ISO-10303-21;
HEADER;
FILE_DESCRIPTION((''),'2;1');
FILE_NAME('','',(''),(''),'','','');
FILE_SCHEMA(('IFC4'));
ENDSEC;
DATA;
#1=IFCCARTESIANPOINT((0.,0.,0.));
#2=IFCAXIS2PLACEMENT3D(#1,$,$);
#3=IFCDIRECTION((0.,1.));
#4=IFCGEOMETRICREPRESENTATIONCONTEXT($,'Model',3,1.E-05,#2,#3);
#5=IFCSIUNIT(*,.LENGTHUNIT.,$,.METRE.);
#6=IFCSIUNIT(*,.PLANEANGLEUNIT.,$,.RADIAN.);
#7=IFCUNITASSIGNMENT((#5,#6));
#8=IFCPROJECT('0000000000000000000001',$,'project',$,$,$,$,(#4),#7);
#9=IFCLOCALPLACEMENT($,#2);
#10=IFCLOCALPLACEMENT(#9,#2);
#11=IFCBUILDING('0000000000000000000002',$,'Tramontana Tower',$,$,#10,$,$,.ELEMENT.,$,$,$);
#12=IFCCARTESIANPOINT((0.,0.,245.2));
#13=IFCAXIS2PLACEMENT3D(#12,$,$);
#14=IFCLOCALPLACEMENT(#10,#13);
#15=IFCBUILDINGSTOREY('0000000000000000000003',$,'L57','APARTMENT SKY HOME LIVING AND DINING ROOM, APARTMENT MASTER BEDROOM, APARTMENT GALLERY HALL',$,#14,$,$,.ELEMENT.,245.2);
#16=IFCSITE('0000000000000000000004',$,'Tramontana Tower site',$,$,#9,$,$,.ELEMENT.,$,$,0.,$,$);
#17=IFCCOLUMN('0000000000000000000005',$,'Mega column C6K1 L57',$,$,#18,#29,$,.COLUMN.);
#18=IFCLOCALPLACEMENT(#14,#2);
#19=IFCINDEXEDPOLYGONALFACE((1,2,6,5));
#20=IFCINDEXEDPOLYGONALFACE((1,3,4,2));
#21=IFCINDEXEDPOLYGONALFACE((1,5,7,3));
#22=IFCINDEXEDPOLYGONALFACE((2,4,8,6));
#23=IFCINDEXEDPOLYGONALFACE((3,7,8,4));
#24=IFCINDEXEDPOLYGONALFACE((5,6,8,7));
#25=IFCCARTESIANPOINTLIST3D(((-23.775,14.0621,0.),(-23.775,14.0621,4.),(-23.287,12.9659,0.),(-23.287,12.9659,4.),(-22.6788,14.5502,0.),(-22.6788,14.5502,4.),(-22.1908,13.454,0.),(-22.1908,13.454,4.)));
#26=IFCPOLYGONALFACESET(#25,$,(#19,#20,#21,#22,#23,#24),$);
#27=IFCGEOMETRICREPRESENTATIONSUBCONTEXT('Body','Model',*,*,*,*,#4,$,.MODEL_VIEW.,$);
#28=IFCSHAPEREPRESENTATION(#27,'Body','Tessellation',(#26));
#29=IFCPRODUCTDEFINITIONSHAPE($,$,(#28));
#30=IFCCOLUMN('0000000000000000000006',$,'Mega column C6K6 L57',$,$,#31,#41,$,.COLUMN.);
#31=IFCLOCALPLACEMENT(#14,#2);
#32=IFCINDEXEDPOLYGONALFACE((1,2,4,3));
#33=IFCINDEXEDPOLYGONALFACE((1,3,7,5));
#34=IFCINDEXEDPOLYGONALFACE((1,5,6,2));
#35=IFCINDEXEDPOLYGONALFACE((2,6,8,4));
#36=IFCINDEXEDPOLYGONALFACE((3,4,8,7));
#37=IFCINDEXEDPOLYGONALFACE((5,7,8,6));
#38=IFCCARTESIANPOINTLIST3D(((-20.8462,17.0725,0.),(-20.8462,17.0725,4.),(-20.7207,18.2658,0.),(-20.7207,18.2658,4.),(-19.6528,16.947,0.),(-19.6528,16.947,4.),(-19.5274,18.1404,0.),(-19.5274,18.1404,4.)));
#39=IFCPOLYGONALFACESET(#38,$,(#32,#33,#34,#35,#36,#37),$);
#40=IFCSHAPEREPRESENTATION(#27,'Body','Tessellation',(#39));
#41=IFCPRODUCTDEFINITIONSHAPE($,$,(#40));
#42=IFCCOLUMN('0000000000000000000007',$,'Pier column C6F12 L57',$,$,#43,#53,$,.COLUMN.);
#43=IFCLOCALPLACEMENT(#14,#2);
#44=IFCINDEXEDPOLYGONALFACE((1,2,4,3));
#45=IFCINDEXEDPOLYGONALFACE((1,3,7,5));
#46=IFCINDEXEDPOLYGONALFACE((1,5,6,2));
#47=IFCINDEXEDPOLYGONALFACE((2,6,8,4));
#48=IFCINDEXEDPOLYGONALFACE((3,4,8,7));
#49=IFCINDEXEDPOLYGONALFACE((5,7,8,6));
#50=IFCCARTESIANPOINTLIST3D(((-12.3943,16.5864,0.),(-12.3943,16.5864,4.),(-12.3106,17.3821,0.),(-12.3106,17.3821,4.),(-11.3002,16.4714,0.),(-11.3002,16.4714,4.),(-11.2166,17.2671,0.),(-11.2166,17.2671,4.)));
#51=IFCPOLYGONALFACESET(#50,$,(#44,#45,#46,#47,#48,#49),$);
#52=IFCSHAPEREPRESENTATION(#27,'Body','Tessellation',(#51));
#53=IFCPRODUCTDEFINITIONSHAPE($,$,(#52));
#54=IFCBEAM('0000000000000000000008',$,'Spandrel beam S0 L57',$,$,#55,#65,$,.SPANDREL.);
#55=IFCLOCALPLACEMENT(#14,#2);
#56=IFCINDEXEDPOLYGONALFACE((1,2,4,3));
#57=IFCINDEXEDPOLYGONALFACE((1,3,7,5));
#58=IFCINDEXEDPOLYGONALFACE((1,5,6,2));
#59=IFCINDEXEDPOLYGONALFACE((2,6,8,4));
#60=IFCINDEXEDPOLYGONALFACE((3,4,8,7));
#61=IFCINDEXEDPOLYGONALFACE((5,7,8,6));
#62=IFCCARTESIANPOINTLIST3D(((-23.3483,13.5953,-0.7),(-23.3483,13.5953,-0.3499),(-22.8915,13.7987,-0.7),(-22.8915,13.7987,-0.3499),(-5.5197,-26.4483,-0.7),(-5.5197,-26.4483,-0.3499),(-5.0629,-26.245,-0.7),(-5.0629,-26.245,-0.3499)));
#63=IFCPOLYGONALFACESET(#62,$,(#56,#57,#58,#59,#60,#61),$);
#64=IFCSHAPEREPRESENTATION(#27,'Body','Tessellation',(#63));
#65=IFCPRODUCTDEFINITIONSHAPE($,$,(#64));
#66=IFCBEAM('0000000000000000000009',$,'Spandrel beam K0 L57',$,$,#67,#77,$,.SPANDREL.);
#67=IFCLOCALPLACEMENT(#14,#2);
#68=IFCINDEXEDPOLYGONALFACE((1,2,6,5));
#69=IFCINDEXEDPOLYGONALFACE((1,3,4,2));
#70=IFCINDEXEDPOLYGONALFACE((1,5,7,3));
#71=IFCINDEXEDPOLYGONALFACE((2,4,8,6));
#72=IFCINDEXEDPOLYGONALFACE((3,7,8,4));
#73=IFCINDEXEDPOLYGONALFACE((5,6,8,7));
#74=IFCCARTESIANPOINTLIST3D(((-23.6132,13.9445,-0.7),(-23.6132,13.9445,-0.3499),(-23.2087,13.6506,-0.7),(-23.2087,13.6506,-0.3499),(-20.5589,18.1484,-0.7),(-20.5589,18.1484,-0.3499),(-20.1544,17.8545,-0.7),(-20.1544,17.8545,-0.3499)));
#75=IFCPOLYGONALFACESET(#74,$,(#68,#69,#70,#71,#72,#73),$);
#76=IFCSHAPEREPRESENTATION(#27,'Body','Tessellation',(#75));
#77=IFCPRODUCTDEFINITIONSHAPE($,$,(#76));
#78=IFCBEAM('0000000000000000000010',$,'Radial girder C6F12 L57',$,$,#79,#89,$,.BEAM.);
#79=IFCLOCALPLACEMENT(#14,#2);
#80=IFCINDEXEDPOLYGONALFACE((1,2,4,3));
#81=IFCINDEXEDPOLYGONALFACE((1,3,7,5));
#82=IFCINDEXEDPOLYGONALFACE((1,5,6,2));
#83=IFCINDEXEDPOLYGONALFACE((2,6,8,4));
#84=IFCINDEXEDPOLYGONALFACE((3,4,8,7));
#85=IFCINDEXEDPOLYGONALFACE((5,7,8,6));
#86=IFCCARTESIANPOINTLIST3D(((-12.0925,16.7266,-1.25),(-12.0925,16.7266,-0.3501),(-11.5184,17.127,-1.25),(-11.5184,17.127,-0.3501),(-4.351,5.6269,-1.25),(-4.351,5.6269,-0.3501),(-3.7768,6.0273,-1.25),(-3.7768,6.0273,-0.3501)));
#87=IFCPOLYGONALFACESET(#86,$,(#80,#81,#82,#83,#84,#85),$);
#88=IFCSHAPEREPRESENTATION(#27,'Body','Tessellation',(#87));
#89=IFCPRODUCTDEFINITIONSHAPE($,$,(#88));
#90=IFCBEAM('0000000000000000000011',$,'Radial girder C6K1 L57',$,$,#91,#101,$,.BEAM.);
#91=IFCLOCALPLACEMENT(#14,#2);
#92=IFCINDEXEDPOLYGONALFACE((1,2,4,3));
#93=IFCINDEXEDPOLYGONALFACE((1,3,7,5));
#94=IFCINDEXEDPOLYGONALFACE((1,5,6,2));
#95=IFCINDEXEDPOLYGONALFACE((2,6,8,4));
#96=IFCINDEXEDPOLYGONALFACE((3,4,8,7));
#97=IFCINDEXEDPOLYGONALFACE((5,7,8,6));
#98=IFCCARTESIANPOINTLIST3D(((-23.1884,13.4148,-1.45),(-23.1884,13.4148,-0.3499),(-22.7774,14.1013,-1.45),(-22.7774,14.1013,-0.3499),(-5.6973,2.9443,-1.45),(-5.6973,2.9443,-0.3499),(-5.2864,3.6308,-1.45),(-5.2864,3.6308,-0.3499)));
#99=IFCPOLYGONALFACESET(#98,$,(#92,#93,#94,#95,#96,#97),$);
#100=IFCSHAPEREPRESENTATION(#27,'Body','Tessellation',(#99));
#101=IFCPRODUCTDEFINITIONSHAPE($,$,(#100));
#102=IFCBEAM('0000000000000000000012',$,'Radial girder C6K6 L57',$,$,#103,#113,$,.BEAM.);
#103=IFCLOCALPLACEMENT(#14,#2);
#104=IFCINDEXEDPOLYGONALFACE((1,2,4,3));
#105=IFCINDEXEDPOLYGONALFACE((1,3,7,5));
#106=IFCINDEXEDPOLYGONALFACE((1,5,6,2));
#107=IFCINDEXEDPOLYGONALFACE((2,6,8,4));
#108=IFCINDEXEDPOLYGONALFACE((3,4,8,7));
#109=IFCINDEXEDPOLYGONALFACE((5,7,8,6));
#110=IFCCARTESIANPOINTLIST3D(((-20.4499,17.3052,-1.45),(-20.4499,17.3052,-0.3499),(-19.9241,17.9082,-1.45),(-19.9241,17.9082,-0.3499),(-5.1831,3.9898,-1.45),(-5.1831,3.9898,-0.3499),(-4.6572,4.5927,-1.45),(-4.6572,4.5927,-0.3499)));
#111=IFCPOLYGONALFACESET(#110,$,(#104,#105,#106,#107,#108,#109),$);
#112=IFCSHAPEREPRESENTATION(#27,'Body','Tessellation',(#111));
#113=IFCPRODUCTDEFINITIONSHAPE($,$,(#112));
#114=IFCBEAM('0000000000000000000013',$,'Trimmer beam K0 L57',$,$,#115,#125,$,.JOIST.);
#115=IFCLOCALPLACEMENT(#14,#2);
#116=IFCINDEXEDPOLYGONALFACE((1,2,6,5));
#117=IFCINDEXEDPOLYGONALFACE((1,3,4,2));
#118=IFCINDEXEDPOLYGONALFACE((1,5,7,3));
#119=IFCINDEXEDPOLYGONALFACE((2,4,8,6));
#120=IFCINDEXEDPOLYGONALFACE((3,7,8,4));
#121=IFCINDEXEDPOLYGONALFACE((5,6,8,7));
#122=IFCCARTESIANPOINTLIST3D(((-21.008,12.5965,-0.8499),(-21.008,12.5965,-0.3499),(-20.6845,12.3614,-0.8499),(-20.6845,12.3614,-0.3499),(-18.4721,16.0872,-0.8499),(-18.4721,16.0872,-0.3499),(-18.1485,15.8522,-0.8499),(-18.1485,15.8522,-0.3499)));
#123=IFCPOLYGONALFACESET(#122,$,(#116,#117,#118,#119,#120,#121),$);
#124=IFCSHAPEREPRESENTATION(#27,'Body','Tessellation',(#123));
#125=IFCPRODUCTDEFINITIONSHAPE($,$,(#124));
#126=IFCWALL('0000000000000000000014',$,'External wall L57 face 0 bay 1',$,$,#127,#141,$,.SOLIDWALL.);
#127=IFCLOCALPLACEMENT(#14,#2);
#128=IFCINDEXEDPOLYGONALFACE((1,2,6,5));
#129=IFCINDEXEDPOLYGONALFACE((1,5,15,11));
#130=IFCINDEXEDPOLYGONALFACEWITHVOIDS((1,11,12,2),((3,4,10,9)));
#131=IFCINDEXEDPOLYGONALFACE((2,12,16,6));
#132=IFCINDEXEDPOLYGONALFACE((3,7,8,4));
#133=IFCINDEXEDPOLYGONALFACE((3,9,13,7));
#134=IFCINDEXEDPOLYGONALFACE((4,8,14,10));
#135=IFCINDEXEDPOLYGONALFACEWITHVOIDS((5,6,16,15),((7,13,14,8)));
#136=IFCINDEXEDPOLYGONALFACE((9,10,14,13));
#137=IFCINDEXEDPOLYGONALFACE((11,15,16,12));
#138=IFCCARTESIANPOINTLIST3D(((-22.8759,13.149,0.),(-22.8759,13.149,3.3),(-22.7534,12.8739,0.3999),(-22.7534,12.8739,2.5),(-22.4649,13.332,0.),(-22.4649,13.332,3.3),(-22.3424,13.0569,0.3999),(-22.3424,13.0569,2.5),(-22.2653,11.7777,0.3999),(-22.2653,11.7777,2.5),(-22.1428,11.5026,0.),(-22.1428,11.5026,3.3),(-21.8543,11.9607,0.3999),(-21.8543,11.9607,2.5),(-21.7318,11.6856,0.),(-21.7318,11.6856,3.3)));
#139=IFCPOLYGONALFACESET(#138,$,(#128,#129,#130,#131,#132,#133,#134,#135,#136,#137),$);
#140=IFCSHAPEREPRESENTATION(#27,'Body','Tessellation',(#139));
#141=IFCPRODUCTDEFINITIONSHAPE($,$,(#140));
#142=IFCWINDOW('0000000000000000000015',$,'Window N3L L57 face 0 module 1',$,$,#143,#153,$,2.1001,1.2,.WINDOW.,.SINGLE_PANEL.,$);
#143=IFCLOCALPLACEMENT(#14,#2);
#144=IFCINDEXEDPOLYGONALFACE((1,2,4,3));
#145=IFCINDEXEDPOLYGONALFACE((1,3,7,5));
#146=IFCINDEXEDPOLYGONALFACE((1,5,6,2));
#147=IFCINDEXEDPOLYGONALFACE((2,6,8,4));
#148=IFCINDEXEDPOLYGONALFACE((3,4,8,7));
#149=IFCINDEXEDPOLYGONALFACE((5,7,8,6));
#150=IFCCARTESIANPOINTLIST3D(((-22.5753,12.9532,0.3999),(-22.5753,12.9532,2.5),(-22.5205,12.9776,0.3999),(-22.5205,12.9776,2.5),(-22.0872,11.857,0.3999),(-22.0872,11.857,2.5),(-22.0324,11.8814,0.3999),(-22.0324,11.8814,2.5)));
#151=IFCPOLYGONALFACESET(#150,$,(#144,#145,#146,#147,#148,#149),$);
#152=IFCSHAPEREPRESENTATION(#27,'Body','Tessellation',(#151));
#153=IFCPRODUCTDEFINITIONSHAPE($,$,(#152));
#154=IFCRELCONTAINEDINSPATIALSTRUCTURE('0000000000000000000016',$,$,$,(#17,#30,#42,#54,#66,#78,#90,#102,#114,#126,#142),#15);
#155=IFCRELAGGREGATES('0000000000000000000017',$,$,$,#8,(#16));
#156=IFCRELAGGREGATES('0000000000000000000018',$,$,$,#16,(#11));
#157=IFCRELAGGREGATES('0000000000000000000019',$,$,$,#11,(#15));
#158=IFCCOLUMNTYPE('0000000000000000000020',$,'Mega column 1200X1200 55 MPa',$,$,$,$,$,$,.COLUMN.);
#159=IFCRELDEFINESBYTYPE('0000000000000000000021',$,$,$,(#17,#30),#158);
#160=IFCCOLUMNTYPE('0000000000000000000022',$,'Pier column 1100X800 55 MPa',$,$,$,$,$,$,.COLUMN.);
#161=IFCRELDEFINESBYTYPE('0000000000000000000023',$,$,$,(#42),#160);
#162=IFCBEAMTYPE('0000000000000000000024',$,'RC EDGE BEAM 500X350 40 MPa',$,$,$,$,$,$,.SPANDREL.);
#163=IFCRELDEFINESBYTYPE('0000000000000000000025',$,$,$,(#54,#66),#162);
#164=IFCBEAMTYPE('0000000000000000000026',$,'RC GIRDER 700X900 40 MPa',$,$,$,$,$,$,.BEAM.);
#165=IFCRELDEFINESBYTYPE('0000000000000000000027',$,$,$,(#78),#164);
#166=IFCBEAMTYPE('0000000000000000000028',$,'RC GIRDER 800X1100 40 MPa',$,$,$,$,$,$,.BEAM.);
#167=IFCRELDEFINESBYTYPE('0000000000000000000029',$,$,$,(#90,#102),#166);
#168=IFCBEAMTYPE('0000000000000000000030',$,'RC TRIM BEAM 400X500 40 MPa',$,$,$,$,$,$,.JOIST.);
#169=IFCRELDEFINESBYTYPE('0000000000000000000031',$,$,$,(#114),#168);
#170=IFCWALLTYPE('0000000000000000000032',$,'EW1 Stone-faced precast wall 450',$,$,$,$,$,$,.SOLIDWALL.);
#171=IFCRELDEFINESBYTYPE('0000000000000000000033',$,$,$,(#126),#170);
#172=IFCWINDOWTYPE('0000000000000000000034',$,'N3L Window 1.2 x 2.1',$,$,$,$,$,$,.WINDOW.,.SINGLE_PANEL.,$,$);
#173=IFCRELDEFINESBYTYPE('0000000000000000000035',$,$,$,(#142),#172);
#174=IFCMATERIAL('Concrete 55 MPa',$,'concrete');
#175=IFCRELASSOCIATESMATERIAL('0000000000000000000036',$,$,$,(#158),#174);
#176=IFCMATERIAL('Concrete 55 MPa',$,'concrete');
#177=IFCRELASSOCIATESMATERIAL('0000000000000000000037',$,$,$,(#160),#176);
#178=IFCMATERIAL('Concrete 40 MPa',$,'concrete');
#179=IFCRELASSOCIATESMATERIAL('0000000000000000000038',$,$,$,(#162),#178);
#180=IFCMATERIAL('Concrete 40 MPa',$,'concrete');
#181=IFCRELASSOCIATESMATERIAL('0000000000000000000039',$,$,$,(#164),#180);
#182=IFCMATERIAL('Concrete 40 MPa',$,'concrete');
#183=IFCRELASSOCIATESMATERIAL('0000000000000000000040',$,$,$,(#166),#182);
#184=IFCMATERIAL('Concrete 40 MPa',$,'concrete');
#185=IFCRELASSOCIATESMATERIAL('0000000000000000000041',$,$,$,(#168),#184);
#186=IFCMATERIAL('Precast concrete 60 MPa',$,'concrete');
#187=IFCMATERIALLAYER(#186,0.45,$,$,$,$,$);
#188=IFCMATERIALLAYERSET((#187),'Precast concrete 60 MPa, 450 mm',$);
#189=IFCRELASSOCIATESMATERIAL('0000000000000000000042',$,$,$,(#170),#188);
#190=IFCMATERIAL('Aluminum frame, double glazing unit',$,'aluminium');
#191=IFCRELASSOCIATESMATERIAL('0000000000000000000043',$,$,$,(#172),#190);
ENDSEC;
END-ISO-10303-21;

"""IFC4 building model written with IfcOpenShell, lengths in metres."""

from ifc_helpers import new_model, si_unit, direction, frame, frame_2d, origin, origin_2d, place, context, subcontext, project, spatial, rectangle, extrude, material, layer, layer_set, material_profile, profile_set, type_object, element, fill, save


model = new_model("IFC4")

# Units and contexts
model_context = context("Model", 3, precision=1e-05, world=origin(), true_north=direction((0.0, 1.0)))
body_context = subcontext(model_context, "Body", "Model", "MODEL_VIEW")
ifc_project = project(units=[si_unit("LENGTHUNIT", "METRE"), si_unit("PLANEANGLEUNIT", "RADIAN")], contexts=[model_context])

# Site, building, storey
site_placement = place(None, origin())
site = spatial("IfcSite", under=ifc_project, at=site_placement, Name="Tramontana Tower site", CompositionType="ELEMENT", RefElevation=0.0)
building_placement = place(site_placement, origin())
building = spatial("IfcBuilding", under=site, at=building_placement, Name="Tramontana Tower", CompositionType="ELEMENT")
storey_placement = place(building_placement, frame((0.0, 0.0, 245.2)))
storey = spatial("IfcBuildingStorey", under=building, at=storey_placement, Name="L57", Description="APARTMENT SKY HOME LIVING AND DINING ROOM, APARTMENT MASTER BEDROOM, APARTMENT GALLERY HALL", CompositionType="ELEMENT", Elevation=245.2)

# Columns
ifc_material_1 = material(Name="Concrete 55 MPa", Category="concrete")
ifc_material_profile_1 = material_profile(ifc_material_1, rectangle(XDim=1.2, YDim=1.2, at=origin_2d()), Name="Mega column 1200X1200 55 MPa")
ifc_profile_set_1 = profile_set([ifc_material_profile_1], Name="Concrete 55 MPa")
column_type_1 = type_object("IfcColumnType", Name="Mega column 1200X1200 55 MPa", PredefinedType="COLUMN", material=ifc_profile_set_1)
for number, where, z_axis, x_axis, name in (
    (1, (-22.9829, 13.7581, 0.0), (0.0, 0.0, 1.0), (0.406737, -0.913545, 0.0), "Mega column C6K1 L57"),
    (2, (-20.1868, 17.6064, 0.0), (0.0, 0.0, 1.0), (-0.994522, 0.104528, 0.0), "Mega column C6K6 L57"),
):
    element("IfcColumn", number, at=place(storey_placement, frame(where, z_axis=z_axis, x_axis=x_axis)), inside=storey, type_object=column_type_1, Name=name, PredefinedType="COLUMN", context=body_context, shape_type="SweptSolid", body=[
        extrude(rectangle(XDim=1.2, YDim=1.2, at=origin_2d()), origin(), (0.0, 0.0, 1.0), 4.0),
    ])
ifc_material_2 = material(Name="Concrete 55 MPa", Category="concrete")
ifc_material_profile_2 = material_profile(ifc_material_2, rectangle(XDim=1.1001, YDim=0.8, at=origin_2d()), Name="Pier column 1100X800 55 MPa")
ifc_profile_set_2 = profile_set([ifc_material_profile_2], Name="Concrete 55 MPa")
column_type_2 = type_object("IfcColumnType", Name="Pier column 1100X800 55 MPa", PredefinedType="COLUMN", material=ifc_profile_set_2)
column_placement = place(storey_placement, frame((-11.8054, 16.9268, 0.0), z_axis=(0.0, 0.0, 1.0), x_axis=(-0.994522, 0.104528, 0.0)))
element("IfcColumn", 3, at=column_placement, inside=storey, type_object=column_type_2, Name="Pier column C6F12 L57", PredefinedType="COLUMN", context=body_context, shape_type="SweptSolid", body=[
    extrude(rectangle(XDim=1.1001, YDim=0.8, at=origin_2d()), origin(), (0.0, 0.0, 1.0), 4.0),
])

# Beams
ifc_material_3 = material(Name="Concrete 40 MPa", Category="concrete")
ifc_material_profile_3 = material_profile(ifc_material_3, rectangle(XDim=0.5, YDim=0.3501, at=origin_2d()), Name="RC EDGE BEAM 500X350 40 MPa")
ifc_profile_set_3 = profile_set([ifc_material_profile_3], Name="Concrete 40 MPa")
beam_type_1 = type_object("IfcBeamType", Name="RC EDGE BEAM 500X350 40 MPa", PredefinedType="SPANDREL", material=ifc_profile_set_3)
beam_1_placement = place(storey_placement, frame((-23.1199, 13.697, -0.5249), z_axis=(0.406737, -0.913545, 0.0), x_axis=(0.913545, 0.406737, 0.0)))
element("IfcBeam", 4, at=beam_1_placement, inside=storey, type_object=beam_type_1, Name="Spandrel beam S0 L57", PredefinedType="SPANDREL", context=body_context, shape_type="SweptSolid", body=[
    extrude(rectangle(XDim=0.5, YDim=0.3501, at=origin_2d()), origin(), (0.0, 0.0, 1.0), 43.8333),
])
beam_2_placement = place(storey_placement, frame((-20.3567, 18.0015, -0.5249), z_axis=(-0.587775, -0.809024, 0.0), x_axis=(0.809024, -0.587775, 0.0)))
element("IfcBeam", 5, at=beam_2_placement, inside=storey, type_object=beam_type_1, Name="Spandrel beam K0 L57", PredefinedType="SPANDREL", context=body_context, shape_type="SweptSolid", body=[
    extrude(rectangle(XDim=0.5, YDim=0.3501, at=origin_2d()), origin(), (0.0, 0.0, 1.0), 5.1963),
])
ifc_material_4 = material(Name="Concrete 40 MPa", Category="concrete")
ifc_material_profile_4 = material_profile(ifc_material_4, rectangle(XDim=0.7, YDim=0.8999, at=origin_2d()), Name="RC GIRDER 700X900 40 MPa")
ifc_profile_set_4 = profile_set([ifc_material_profile_4], Name="Concrete 40 MPa")
beam_type_2 = type_object("IfcBeamType", Name="RC GIRDER 700X900 40 MPa", PredefinedType="BEAM", material=ifc_profile_set_4)
beam_3_placement = place(storey_placement, frame((-11.8054, 16.9268, -0.8), z_axis=(0.572059, -0.820212, 0.0), x_axis=(0.820212, 0.572059, 0.0)))
element("IfcBeam", 6, at=beam_3_placement, inside=storey, type_object=beam_type_2, Name="Radial girder C6F12 L57", PredefinedType="BEAM", context=body_context, shape_type="SweptSolid", body=[
    extrude(rectangle(XDim=0.7, YDim=0.8999, at=origin_2d()), origin(), (0.0, 0.0, 1.0), 13.5327),
])
ifc_material_5 = material(Name="Concrete 40 MPa", Category="concrete")
ifc_material_profile_5 = material_profile(ifc_material_5, rectangle(XDim=0.8, YDim=1.1001, at=origin_2d()), Name="RC GIRDER 800X1100 40 MPa")
ifc_profile_set_5 = profile_set([ifc_material_profile_5], Name="Concrete 40 MPa")
beam_type_3 = type_object("IfcBeamType", Name="RC GIRDER 800X1100 40 MPa", PredefinedType="BEAM", material=ifc_profile_set_5)
beam_4_placement = place(storey_placement, frame((-22.9829, 13.7581, -0.8999), z_axis=(0.858015, -0.513625, 0.0), x_axis=(0.513625, 0.858015, 0.0)))
element("IfcBeam", 7, at=beam_4_placement, inside=storey, type_object=beam_type_3, Name="Radial girder C6K1 L57", PredefinedType="BEAM", context=body_context, shape_type="SweptSolid", body=[
    extrude(rectangle(XDim=0.8, YDim=1.1001, at=origin_2d()), origin(), (0.0, 0.0, 1.0), 20.3855),
])
beam_5_placement = place(storey_placement, frame((-20.187, 17.6067, -0.8999), z_axis=(0.753629, -0.6573, 0.0), x_axis=(0.6573, 0.753629, 0.0)))
element("IfcBeam", 8, at=beam_5_placement, inside=storey, type_object=beam_type_3, Name="Radial girder C6K6 L57", PredefinedType="BEAM", context=body_context, shape_type="SweptSolid", body=[
    extrude(rectangle(XDim=0.8, YDim=1.1001, at=origin_2d()), origin(), (0.0, 0.0, 1.0), 20.2578),
])
ifc_material_6 = material(Name="Concrete 40 MPa", Category="concrete")
ifc_material_profile_6 = material_profile(ifc_material_6, rectangle(XDim=0.3999, YDim=0.5, at=origin_2d()), Name="RC TRIM BEAM 400X500 40 MPa")
ifc_profile_set_6 = profile_set([ifc_material_profile_6], Name="Concrete 40 MPa")
beam_type_4 = type_object("IfcBeamType", Name="RC TRIM BEAM 400X500 40 MPa", PredefinedType="JOIST", material=ifc_profile_set_6)
beam_6_placement = place(storey_placement, frame((-18.3103, 15.9697, -0.5999), z_axis=(-0.587744, -0.809047, 0.0), x_axis=(0.809047, -0.587744, 0.0)))
element("IfcBeam", 9, at=beam_6_placement, inside=storey, type_object=beam_type_4, Name="Trimmer beam K0 L57", PredefinedType="JOIST", context=body_context, shape_type="SweptSolid", body=[
    extrude(rectangle(XDim=0.3999, YDim=0.5, at=origin_2d()), origin(), (0.0, 0.0, 1.0), 4.3147),
])

# Wall, opening, window
ifc_material_7 = material(Name="Precast concrete 60 MPa", Category="concrete")
ifc_layer_1 = layer(ifc_material_7, 0.45)
ifc_layer_set_1 = layer_set([ifc_layer_1], Name="Precast concrete 60 MPa, 450 mm")
wall_type_1 = type_object("IfcWallType", Name="EW1 Stone-faced precast wall 450", PredefinedType="SOLIDWALL", material=ifc_layer_set_1)
wall_1_placement = place(storey_placement, frame((-22.6704, 13.2405, 0.0), z_axis=(0.0, 0.0, 1.0), x_axis=(0.406779, -0.913526, 0.0)))
wall_1 = element("IfcWall", 10, at=wall_1_placement, inside=storey, type_object=wall_type_1, Name="External wall L57 face 0 bay 1", PredefinedType="SOLIDWALL", context=body_context, shape_type="SweptSolid", body=[
    extrude(rectangle(XDim=1.8022, YDim=0.45, at=frame_2d((0.9011, 0.0))), origin(), (0.0, 0.0, 1.0), 3.3),
])
opening_1_placement = place(wall_1_placement, frame((0.301, 0.0, 0.3999)))
opening_1 = element("IfcOpeningElement", 11, at=opening_1_placement, cuts=wall_1, PredefinedType="OPENING", context=body_context, shape_type="SweptSolid", body=[
    extrude(rectangle(XDim=1.2, YDim=2.1001, at=frame_2d((0.6001, 1.05))), frame((0.0, 0.2349, 0.0), z_axis=(0.0, -1.0, 0.0), x_axis=(1.0, 0.0, 0.0)), (0.0, 0.0, 1.0), 0.47),
])
ifc_material_8 = material(Name="Aluminum frame, double glazing unit", Category="aluminium")
window_type_1 = type_object("IfcWindowType", Name="N3L Window 1.2 x 2.1", PartitioningType="SINGLE_PANEL", PredefinedType="WINDOW", material=ifc_material_8)
window_1_placement = place(opening_1_placement, origin())
window_1 = element("IfcWindow", 12, at=window_1_placement, inside=storey, type_object=window_type_1, Name="Window N3L L57 face 0 module 1", OverallHeight=2.1001, OverallWidth=1.2, PartitioningType="SINGLE_PANEL", PredefinedType="WINDOW", context=body_context, shape_type="SweptSolid", body=[
    extrude(rectangle(XDim=1.2, YDim=2.1001, at=frame_2d((0.6001, 1.05))), frame((0.0, 0.03, 0.0), z_axis=(0.0, -1.0, 0.0), x_axis=(1.0, 0.0, 0.0)), (0.0, 0.0, 1.0), 0.0601),
])
fill(opening_1, window_1)

save(model, "model.ifc")
